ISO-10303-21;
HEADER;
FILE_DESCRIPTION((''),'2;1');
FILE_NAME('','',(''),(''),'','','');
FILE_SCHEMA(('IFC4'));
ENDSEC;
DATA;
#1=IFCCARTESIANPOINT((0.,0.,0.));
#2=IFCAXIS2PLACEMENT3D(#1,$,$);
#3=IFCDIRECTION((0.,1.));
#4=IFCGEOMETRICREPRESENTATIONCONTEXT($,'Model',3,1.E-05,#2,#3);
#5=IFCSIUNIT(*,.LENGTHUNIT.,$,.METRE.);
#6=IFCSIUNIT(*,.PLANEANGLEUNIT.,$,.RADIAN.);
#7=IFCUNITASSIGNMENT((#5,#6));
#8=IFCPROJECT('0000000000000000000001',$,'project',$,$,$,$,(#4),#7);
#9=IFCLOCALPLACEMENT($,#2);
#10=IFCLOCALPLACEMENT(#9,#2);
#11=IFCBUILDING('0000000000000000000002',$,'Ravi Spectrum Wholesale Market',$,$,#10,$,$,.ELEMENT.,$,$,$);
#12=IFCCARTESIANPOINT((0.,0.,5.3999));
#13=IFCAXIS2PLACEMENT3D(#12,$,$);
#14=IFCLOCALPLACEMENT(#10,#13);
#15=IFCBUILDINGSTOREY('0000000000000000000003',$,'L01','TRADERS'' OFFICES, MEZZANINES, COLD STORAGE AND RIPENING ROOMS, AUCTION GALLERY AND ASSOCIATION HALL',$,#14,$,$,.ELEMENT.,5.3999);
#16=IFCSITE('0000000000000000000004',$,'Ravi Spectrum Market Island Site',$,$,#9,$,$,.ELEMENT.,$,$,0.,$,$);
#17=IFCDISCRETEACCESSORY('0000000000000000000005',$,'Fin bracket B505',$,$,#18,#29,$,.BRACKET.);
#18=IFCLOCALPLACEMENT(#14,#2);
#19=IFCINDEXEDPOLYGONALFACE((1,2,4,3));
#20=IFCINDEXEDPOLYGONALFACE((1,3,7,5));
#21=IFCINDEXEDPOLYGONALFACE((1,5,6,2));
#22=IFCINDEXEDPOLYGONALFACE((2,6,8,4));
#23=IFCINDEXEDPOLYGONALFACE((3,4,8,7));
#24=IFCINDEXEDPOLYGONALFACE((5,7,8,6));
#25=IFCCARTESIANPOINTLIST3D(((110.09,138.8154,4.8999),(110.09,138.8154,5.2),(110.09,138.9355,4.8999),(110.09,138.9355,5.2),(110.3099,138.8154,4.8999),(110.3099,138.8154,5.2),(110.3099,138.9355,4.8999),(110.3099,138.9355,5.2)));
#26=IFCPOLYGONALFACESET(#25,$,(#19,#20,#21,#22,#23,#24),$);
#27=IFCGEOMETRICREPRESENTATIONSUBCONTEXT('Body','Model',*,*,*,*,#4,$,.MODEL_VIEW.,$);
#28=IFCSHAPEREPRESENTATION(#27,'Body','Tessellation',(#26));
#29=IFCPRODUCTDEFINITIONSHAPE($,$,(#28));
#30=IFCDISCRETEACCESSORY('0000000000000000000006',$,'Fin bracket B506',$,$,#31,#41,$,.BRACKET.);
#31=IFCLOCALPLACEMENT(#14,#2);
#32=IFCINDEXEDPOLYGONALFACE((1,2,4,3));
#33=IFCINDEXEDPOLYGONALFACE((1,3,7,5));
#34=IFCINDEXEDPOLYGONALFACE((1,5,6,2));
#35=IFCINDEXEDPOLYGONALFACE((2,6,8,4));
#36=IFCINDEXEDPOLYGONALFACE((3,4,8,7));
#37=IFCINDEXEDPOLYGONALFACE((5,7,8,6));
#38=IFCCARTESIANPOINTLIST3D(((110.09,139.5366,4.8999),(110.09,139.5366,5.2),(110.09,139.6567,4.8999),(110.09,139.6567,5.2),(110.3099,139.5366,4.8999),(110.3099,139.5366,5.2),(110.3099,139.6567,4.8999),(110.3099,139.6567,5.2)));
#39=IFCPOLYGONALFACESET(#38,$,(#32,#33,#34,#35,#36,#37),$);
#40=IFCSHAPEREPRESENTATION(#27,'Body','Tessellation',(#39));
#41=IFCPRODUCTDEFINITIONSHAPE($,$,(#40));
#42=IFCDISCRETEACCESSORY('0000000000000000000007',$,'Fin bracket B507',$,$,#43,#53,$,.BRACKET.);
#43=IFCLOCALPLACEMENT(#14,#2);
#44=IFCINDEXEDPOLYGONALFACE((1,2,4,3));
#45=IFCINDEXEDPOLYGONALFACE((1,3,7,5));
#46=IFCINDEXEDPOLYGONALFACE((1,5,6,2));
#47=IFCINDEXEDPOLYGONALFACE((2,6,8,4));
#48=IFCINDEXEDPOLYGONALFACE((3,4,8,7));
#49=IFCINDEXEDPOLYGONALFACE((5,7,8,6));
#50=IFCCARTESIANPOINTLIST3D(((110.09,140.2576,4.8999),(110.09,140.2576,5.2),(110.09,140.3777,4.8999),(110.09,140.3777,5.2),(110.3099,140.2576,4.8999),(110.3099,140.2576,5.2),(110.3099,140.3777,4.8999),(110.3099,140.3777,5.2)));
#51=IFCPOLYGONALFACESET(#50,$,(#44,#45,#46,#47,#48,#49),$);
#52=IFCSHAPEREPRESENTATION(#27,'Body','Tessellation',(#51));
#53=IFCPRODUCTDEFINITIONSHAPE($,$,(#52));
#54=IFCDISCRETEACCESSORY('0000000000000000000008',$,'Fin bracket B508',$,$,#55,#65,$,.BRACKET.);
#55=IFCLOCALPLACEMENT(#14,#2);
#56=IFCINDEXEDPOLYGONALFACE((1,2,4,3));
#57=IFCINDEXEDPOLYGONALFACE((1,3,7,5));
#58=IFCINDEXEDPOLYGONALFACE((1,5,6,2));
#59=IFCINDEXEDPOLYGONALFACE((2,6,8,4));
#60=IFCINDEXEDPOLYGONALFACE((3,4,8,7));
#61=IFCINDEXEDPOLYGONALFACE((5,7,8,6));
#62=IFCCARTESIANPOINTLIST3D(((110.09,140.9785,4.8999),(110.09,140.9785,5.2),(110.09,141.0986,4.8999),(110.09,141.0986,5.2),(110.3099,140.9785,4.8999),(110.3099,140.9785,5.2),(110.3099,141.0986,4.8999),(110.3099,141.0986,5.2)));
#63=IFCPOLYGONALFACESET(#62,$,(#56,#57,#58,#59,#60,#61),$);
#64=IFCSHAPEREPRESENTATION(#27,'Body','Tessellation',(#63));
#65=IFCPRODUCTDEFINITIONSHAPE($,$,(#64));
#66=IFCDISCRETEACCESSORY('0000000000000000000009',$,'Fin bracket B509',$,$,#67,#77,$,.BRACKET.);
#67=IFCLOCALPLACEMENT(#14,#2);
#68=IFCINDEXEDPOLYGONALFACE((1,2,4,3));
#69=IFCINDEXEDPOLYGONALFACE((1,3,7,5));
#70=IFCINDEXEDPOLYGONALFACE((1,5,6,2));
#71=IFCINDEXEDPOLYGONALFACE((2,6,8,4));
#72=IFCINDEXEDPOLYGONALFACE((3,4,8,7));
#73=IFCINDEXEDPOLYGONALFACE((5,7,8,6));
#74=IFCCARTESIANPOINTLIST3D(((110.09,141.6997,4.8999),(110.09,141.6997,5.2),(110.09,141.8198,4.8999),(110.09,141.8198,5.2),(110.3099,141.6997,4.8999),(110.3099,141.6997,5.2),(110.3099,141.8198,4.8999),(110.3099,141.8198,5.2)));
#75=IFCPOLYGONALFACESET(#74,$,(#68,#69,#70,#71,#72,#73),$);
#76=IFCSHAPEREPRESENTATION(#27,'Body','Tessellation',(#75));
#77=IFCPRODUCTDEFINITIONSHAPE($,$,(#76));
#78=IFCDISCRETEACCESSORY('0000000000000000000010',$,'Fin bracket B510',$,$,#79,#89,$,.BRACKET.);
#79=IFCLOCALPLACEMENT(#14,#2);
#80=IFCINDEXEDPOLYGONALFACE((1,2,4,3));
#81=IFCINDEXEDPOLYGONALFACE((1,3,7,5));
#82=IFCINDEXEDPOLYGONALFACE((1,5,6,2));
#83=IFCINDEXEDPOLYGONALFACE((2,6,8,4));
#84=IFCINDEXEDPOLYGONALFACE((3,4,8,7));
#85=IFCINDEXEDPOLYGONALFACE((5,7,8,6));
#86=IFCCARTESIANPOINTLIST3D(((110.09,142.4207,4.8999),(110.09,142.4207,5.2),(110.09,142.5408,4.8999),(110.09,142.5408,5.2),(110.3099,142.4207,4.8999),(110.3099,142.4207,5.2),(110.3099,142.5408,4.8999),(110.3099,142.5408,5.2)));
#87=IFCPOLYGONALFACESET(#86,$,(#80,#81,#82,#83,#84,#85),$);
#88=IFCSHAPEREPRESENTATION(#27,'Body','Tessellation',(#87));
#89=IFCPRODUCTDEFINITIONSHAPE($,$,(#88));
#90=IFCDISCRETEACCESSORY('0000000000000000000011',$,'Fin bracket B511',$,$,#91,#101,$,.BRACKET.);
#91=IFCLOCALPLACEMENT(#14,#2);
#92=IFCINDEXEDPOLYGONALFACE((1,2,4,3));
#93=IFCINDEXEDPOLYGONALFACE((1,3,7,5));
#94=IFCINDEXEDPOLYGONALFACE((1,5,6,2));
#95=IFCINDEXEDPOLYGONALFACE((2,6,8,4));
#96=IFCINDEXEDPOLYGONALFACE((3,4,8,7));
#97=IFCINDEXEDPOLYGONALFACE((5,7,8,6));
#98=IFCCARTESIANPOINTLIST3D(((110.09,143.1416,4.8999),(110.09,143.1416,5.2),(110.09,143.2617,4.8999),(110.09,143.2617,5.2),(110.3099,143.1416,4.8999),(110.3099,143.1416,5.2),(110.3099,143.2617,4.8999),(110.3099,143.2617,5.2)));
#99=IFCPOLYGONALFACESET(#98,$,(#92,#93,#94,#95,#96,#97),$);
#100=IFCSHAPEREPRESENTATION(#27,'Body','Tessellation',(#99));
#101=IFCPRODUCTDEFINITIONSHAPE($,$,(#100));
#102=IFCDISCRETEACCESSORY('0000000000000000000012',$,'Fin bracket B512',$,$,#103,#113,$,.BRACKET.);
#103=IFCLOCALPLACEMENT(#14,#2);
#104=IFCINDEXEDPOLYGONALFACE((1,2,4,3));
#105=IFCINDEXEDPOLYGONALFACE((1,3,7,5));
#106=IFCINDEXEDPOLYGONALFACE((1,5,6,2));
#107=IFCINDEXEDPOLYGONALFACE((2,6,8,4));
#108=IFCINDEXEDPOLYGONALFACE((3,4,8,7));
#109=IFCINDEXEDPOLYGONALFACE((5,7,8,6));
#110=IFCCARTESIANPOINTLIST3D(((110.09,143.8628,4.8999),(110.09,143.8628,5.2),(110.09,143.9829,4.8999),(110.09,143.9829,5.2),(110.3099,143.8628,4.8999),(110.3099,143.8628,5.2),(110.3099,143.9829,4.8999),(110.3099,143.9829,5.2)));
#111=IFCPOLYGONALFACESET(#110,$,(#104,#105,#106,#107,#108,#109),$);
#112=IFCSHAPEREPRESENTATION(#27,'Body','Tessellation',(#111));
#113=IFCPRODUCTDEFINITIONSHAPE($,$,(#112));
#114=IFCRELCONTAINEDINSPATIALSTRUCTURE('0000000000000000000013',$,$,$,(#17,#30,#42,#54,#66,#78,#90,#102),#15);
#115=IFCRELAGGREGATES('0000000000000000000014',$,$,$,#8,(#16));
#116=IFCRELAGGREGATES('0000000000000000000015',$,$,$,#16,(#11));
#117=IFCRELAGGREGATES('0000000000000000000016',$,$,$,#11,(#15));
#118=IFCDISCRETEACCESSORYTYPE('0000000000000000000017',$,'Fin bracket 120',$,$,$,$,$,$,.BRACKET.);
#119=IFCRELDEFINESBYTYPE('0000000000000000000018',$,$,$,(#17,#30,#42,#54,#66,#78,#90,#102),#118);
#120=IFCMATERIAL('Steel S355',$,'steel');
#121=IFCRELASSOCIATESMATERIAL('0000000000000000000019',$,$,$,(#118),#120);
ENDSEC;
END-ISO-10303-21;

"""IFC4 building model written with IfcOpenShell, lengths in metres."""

from ifc_helpers import new_model, si_unit, direction, frame, origin, origin_2d, place, context, subcontext, project, spatial, rectangle, extrude, material, type_object, element, save


model = new_model("IFC4")

# Units and contexts
model_context = context("Model", 3, precision=1e-05, world=origin(), true_north=direction((0.0, 1.0)))
body_context = subcontext(model_context, "Body", "Model", "MODEL_VIEW")
ifc_project = project(units=[si_unit("LENGTHUNIT", "METRE"), si_unit("PLANEANGLEUNIT", "RADIAN")], contexts=[model_context])

# Site, building, storey
site_placement = place(None, origin())
site = spatial("IfcSite", under=ifc_project, at=site_placement, Name="Ravi Spectrum Market Island Site", CompositionType="ELEMENT", RefElevation=0.0)
building_placement = place(site_placement, origin())
building = spatial("IfcBuilding", under=site, at=building_placement, Name="Ravi Spectrum Wholesale Market", CompositionType="ELEMENT")
storey_placement = place(building_placement, frame((0.0, 0.0, 5.3999)))
storey = spatial("IfcBuildingStorey", under=building, at=storey_placement, Name="L01", Description="TRADERS' OFFICES, MEZZANINES, COLD STORAGE AND RIPENING ROOMS, AUCTION GALLERY AND ASSOCIATION HALL", CompositionType="ELEMENT", Elevation=5.3999)

# Discrete accessories
ifc_material_1 = material(Name="Steel S355", Category="steel")
discrete_accessory_type = type_object("IfcDiscreteAccessoryType", Name="Fin bracket 120", PredefinedType="BRACKET", material=ifc_material_1)
for number, where, z_axis, x_axis, name in (
    (1, (110.2, 138.8755, 4.8999), (0.0, 0.0, 1.0), (0.0, 1.0, 0.0), "Fin bracket B505"),
    (2, (110.2, 139.5967, 4.8999), (0.0, 0.0, 1.0), (0.0, 1.0, 0.0), "Fin bracket B506"),
    (3, (110.2, 140.3176, 4.8999), (0.0, 0.0, 1.0), (0.0, 1.0, 0.0), "Fin bracket B507"),
    (4, (110.2, 141.0386, 4.8999), (0.0, 0.0, 1.0), (0.0, 1.0, 0.0), "Fin bracket B508"),
    (5, (110.2, 141.7598, 4.8999), (0.0, 0.0, 1.0), (0.0, 1.0, 0.0), "Fin bracket B509"),
    (6, (110.2, 142.4807, 4.8999), (0.0, 0.0, 1.0), (0.0, 1.0, 0.0), "Fin bracket B510"),
    (7, (110.2, 143.2017, 4.8999), (0.0, 0.0, 1.0), (0.0, 1.0, 0.0), "Fin bracket B511"),
    (8, (110.2, 143.9229, 4.8999), (0.0, 0.0, 1.0), (0.0, 1.0, 0.0), "Fin bracket B512"),
):
    element("IfcDiscreteAccessory", number, at=place(storey_placement, frame(where, z_axis=z_axis, x_axis=x_axis)), inside=storey, type_object=discrete_accessory_type, Name=name, PredefinedType="BRACKET", context=body_context, shape_type="SweptSolid", body=[
        extrude(rectangle(XDim=0.1201, YDim=0.22, at=origin_2d()), origin(), (0.0, 0.0, 1.0), 0.3),
    ])

save(model, "model.ifc")
